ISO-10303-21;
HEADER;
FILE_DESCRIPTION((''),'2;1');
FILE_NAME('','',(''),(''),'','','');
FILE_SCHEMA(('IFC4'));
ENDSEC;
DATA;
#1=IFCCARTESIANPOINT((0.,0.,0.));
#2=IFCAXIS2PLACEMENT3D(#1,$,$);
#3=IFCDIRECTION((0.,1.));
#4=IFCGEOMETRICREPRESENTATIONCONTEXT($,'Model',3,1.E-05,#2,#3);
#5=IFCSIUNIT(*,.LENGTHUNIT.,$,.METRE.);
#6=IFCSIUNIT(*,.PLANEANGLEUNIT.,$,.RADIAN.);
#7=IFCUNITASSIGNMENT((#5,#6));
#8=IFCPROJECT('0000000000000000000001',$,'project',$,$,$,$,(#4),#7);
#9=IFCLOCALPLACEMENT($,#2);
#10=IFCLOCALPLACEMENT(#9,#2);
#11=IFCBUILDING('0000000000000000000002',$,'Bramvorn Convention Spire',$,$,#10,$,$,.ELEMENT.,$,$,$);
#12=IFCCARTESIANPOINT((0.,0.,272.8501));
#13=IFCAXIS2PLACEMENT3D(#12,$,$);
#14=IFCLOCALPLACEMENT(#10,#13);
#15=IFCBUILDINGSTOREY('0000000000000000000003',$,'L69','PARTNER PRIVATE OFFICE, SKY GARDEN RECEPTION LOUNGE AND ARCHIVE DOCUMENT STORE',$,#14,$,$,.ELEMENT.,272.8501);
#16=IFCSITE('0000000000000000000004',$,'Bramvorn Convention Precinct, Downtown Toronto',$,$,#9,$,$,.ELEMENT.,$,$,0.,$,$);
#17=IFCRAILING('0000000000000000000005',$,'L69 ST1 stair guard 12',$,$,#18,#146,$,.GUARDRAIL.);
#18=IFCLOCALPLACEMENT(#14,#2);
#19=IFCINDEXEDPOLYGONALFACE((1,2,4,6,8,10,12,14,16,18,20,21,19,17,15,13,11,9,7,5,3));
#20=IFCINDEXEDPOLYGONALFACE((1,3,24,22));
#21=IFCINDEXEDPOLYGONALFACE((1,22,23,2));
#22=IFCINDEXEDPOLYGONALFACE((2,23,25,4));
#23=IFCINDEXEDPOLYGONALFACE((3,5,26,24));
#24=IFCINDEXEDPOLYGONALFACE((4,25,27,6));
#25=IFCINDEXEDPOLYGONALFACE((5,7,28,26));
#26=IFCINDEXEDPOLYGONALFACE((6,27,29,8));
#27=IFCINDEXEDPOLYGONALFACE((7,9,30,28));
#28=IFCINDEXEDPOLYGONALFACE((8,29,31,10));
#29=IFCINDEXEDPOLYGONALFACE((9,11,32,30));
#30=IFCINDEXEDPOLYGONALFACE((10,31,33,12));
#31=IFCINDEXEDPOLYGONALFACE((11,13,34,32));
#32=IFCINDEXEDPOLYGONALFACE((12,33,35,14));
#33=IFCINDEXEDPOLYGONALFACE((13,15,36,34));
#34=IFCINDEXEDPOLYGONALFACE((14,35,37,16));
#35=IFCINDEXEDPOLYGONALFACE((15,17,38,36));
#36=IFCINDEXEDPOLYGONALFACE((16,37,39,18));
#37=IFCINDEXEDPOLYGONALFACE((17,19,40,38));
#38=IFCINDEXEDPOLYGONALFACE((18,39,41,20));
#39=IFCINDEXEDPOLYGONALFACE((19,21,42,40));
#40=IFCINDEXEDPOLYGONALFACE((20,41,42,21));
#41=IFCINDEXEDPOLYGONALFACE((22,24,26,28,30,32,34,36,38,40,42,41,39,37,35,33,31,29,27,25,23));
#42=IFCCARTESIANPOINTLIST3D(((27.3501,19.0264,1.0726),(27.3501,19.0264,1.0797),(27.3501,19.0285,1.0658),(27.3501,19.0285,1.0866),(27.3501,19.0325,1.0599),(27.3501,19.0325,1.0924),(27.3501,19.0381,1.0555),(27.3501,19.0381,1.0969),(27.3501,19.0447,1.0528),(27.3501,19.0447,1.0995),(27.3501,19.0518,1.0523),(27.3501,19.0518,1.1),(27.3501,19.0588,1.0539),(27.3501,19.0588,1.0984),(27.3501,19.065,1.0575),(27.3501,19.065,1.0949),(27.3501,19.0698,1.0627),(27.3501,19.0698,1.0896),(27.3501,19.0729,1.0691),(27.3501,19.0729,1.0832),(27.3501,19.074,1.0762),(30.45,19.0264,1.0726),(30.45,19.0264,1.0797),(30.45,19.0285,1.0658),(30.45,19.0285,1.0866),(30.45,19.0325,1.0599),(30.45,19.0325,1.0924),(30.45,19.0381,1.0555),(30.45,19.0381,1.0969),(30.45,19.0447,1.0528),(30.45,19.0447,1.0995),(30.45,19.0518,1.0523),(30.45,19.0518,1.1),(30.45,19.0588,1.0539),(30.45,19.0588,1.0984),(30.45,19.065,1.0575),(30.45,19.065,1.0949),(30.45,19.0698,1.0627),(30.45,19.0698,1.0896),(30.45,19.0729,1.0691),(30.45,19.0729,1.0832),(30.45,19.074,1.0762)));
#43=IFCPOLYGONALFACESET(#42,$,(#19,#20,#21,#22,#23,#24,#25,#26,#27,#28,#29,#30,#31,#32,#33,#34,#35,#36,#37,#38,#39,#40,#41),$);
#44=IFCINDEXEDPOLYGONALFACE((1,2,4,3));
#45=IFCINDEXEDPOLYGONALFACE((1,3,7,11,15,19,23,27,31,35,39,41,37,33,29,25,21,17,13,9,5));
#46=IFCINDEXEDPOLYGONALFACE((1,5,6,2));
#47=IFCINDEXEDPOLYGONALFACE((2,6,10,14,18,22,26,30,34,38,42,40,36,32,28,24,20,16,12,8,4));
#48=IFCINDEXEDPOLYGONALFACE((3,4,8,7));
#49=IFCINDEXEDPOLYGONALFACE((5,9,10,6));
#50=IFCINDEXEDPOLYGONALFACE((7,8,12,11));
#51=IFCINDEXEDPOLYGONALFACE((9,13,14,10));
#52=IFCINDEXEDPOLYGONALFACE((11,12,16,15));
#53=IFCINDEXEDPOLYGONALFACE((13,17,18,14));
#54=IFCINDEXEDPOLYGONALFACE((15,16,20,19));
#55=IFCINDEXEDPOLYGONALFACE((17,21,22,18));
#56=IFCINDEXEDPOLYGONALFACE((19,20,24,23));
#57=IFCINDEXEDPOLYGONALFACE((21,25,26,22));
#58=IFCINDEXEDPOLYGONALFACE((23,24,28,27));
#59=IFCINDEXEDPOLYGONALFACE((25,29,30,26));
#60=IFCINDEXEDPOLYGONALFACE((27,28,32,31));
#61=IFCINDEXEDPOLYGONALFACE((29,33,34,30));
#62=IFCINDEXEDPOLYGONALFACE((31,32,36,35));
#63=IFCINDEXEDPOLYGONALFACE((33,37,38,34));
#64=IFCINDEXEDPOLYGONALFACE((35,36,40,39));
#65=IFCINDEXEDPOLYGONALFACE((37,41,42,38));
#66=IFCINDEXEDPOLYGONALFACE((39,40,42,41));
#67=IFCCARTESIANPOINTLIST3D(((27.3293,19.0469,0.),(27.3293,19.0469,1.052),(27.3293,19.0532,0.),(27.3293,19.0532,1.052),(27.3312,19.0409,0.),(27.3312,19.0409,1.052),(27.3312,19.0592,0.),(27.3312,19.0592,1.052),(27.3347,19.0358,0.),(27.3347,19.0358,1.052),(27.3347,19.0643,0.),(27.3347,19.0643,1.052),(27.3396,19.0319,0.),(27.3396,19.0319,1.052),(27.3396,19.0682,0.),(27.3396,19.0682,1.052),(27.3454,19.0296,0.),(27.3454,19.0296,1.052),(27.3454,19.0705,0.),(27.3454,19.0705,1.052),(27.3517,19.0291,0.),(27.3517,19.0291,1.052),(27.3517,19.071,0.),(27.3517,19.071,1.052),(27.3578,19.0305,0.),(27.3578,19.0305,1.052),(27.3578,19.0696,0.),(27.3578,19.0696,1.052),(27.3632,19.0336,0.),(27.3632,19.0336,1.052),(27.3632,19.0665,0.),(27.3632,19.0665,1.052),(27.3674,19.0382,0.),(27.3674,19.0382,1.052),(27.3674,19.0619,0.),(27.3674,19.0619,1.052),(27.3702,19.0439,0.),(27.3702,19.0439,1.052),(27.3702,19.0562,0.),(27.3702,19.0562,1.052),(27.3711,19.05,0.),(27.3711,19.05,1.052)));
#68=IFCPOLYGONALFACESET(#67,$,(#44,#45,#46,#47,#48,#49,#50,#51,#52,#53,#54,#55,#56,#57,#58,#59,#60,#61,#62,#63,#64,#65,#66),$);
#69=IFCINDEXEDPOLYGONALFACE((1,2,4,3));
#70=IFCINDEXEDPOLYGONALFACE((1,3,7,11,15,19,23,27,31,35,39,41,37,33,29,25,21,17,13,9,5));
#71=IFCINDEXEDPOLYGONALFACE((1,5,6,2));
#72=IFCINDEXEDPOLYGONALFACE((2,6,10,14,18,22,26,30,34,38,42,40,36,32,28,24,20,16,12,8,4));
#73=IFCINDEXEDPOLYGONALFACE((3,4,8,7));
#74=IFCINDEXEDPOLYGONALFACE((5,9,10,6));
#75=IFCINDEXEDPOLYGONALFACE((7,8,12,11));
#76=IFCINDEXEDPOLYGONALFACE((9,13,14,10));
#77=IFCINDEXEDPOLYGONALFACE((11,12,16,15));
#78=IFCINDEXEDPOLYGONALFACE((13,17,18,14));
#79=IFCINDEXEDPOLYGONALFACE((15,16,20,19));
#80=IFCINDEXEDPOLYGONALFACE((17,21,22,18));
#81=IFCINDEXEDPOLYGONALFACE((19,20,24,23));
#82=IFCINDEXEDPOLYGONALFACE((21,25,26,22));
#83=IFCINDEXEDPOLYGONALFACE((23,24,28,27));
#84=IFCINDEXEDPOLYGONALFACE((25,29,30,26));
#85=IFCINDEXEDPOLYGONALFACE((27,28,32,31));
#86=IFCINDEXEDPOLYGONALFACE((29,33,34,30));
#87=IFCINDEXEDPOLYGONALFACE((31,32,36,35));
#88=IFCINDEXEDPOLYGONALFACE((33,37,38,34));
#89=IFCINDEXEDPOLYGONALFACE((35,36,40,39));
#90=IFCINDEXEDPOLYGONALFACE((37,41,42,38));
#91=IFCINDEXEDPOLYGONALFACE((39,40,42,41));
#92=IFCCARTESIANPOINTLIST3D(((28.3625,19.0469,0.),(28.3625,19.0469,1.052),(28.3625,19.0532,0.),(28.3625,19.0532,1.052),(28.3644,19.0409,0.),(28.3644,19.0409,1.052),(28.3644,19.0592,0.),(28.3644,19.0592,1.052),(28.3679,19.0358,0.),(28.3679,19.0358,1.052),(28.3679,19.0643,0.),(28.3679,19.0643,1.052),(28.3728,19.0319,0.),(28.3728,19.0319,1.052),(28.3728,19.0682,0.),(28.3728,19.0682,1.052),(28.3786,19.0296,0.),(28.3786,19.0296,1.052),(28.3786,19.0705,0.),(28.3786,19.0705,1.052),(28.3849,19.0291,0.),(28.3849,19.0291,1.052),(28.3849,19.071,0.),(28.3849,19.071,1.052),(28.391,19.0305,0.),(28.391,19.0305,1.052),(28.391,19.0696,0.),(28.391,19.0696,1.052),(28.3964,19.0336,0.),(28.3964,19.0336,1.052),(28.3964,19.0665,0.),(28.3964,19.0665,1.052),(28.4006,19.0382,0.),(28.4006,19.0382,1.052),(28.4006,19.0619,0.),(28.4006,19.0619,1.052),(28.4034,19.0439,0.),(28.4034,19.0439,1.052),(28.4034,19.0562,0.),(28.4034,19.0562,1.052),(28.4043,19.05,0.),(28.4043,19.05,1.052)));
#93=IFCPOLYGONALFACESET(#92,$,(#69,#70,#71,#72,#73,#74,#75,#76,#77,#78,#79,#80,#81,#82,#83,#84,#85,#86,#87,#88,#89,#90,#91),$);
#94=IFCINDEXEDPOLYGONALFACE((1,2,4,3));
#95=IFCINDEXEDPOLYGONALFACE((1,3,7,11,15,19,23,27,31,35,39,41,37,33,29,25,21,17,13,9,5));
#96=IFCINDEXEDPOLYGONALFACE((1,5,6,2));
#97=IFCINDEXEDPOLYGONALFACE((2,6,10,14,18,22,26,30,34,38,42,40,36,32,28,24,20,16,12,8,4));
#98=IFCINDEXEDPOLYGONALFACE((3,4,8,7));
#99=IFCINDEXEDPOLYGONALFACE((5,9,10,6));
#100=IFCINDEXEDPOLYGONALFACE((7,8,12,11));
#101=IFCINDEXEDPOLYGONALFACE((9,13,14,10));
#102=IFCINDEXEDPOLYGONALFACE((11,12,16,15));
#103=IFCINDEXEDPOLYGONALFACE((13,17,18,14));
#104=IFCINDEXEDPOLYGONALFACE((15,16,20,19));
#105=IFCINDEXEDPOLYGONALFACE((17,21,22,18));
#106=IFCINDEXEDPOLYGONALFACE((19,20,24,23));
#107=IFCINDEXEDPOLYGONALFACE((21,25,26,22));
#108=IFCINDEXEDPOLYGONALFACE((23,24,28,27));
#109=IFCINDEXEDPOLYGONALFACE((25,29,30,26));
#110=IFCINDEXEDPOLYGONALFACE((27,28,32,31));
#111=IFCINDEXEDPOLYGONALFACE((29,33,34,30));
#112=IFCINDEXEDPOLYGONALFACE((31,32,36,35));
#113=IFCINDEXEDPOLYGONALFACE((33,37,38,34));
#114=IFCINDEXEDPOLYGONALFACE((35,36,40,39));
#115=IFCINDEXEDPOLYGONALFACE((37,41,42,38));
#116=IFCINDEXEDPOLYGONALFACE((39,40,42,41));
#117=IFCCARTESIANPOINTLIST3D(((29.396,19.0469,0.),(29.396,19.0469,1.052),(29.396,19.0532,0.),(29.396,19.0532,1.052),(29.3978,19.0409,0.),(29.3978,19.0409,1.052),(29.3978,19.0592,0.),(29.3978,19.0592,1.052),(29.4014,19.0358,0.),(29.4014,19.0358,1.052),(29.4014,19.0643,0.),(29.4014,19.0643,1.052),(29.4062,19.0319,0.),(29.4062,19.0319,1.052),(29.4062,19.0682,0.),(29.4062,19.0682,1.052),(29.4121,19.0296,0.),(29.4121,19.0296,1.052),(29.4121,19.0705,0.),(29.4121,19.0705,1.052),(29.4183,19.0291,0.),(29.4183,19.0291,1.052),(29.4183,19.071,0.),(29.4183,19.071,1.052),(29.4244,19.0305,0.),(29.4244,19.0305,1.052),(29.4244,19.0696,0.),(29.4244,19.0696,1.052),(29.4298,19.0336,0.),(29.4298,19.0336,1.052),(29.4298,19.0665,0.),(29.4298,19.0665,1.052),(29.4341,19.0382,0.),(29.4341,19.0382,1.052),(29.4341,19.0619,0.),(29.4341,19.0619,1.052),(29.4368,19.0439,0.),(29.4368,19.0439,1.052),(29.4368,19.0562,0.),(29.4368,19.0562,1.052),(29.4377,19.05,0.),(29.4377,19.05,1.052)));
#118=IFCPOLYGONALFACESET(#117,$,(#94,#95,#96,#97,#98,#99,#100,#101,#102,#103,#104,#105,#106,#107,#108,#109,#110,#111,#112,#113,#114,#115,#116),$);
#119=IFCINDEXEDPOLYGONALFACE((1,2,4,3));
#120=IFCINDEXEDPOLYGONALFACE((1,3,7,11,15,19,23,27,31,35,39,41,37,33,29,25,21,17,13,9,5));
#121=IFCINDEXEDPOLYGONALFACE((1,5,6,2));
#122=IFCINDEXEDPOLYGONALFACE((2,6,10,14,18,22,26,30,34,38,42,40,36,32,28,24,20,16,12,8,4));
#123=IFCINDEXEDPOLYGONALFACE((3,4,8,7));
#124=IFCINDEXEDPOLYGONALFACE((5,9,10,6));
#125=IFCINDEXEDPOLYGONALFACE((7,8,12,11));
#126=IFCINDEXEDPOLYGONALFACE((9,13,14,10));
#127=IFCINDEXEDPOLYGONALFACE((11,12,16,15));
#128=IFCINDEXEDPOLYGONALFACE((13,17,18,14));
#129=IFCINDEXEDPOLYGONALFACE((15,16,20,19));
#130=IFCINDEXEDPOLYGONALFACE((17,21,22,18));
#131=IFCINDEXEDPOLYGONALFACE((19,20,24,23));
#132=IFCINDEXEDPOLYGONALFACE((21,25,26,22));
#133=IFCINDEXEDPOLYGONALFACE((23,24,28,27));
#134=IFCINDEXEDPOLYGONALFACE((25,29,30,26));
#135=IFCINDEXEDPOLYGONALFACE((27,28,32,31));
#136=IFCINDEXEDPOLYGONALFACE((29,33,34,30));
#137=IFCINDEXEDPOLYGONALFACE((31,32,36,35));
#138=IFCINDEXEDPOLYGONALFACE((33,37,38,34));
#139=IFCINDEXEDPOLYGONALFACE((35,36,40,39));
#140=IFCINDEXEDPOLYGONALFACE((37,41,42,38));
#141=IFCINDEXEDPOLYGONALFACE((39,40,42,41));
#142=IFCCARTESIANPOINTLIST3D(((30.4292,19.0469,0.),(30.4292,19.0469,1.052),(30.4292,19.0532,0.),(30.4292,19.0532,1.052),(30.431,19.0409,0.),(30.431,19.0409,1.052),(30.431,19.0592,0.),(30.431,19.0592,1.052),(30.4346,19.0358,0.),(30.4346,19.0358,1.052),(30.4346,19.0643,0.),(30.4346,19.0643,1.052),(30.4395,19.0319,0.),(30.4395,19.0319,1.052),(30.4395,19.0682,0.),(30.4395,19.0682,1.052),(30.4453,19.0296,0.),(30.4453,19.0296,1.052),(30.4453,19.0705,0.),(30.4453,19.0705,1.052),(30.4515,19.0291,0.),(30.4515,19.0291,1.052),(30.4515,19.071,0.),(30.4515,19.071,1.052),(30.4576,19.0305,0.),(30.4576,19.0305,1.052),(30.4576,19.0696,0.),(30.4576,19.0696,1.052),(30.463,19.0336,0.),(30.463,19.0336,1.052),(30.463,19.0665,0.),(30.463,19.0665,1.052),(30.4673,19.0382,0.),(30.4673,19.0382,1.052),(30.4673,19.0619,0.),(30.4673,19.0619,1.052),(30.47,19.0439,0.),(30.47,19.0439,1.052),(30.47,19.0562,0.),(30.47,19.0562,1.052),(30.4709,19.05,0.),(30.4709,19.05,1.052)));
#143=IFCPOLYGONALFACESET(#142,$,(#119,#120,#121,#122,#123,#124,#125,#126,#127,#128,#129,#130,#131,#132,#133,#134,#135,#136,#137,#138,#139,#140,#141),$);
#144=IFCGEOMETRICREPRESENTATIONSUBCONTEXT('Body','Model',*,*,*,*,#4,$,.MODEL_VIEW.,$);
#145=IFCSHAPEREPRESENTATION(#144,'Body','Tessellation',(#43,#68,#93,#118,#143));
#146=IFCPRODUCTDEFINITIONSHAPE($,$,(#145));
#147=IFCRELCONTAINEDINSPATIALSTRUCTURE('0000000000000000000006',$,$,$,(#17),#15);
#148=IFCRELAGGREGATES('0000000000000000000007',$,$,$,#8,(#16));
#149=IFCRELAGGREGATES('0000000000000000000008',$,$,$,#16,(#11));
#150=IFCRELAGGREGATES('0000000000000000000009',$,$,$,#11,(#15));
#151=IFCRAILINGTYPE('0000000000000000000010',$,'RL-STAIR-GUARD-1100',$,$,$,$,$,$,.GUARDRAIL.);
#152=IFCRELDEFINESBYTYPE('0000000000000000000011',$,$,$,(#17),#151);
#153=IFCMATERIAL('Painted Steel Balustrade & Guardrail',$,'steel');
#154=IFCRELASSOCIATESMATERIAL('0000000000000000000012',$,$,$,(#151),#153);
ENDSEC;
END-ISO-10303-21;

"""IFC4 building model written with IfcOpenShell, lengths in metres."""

from ifc_helpers import new_model, si_unit, direction, frame, origin, origin_2d, place, context, subcontext, project, spatial, circle, extrude, material, type_object, element, save


model = new_model("IFC4")

# Units and contexts
model_context = context("Model", 3, precision=1e-05, world=origin(), true_north=direction((0.0, 1.0)))
body_context = subcontext(model_context, "Body", "Model", "MODEL_VIEW")
ifc_project = project(units=[si_unit("LENGTHUNIT", "METRE"), si_unit("PLANEANGLEUNIT", "RADIAN")], contexts=[model_context])

# Site, building, storey
site_placement = place(None, origin())
site = spatial("IfcSite", under=ifc_project, at=site_placement, Name="Bramvorn Convention Precinct, Downtown Toronto", CompositionType="ELEMENT", RefElevation=0.0)
building_placement = place(site_placement, origin())
building = spatial("IfcBuilding", under=site, at=building_placement, Name="Bramvorn Convention Spire", CompositionType="ELEMENT")
storey_placement = place(building_placement, frame((0.0, 0.0, 272.8501)))
storey = spatial("IfcBuildingStorey", under=building, at=storey_placement, Name="L69", Description="PARTNER PRIVATE OFFICE, SKY GARDEN RECEPTION LOUNGE AND ARCHIVE DOCUMENT STORE", CompositionType="ELEMENT", Elevation=272.8501)

# Railing
ifc_material_1 = material(Name="Painted Steel Balustrade & Guardrail", Category="steel")
railing_type_1 = type_object("IfcRailingType", Name="RL-STAIR-GUARD-1100", PredefinedType="GUARDRAIL", material=ifc_material_1)
railing_1_placement = place(storey_placement, frame((27.3501, 19.05, 0.0)))
element("IfcRailing", 1, at=railing_1_placement, inside=storey, type_object=railing_type_1, Name="L69 ST1 stair guard 12", PredefinedType="GUARDRAIL", context=body_context, shape_type="SweptSolid", body=[
    extrude(circle(Radius=0.0239, at=origin_2d()), frame((0.0, 0.0, 1.0762), z_axis=(1.0, 0.0, 0.0), x_axis=(0.0, 1.0, 0.0)), (0.0, 0.0, 1.0), 3.0999),
    extrude(circle(Radius=0.021, at=origin_2d()), origin(), (0.0, 0.0, 1.0), 1.052),
    extrude(circle(Radius=0.021, at=origin_2d()), frame((1.0332, 0.0, 0.0)), (0.0, 0.0, 1.0), 1.052),
    extrude(circle(Radius=0.021, at=origin_2d()), frame((2.0667, 0.0, 0.0)), (0.0, 0.0, 1.0), 1.052),
    extrude(circle(Radius=0.021, at=origin_2d()), frame((3.0999, 0.0, 0.0)), (0.0, 0.0, 1.0), 1.052),
])

save(model, "model.ifc")
